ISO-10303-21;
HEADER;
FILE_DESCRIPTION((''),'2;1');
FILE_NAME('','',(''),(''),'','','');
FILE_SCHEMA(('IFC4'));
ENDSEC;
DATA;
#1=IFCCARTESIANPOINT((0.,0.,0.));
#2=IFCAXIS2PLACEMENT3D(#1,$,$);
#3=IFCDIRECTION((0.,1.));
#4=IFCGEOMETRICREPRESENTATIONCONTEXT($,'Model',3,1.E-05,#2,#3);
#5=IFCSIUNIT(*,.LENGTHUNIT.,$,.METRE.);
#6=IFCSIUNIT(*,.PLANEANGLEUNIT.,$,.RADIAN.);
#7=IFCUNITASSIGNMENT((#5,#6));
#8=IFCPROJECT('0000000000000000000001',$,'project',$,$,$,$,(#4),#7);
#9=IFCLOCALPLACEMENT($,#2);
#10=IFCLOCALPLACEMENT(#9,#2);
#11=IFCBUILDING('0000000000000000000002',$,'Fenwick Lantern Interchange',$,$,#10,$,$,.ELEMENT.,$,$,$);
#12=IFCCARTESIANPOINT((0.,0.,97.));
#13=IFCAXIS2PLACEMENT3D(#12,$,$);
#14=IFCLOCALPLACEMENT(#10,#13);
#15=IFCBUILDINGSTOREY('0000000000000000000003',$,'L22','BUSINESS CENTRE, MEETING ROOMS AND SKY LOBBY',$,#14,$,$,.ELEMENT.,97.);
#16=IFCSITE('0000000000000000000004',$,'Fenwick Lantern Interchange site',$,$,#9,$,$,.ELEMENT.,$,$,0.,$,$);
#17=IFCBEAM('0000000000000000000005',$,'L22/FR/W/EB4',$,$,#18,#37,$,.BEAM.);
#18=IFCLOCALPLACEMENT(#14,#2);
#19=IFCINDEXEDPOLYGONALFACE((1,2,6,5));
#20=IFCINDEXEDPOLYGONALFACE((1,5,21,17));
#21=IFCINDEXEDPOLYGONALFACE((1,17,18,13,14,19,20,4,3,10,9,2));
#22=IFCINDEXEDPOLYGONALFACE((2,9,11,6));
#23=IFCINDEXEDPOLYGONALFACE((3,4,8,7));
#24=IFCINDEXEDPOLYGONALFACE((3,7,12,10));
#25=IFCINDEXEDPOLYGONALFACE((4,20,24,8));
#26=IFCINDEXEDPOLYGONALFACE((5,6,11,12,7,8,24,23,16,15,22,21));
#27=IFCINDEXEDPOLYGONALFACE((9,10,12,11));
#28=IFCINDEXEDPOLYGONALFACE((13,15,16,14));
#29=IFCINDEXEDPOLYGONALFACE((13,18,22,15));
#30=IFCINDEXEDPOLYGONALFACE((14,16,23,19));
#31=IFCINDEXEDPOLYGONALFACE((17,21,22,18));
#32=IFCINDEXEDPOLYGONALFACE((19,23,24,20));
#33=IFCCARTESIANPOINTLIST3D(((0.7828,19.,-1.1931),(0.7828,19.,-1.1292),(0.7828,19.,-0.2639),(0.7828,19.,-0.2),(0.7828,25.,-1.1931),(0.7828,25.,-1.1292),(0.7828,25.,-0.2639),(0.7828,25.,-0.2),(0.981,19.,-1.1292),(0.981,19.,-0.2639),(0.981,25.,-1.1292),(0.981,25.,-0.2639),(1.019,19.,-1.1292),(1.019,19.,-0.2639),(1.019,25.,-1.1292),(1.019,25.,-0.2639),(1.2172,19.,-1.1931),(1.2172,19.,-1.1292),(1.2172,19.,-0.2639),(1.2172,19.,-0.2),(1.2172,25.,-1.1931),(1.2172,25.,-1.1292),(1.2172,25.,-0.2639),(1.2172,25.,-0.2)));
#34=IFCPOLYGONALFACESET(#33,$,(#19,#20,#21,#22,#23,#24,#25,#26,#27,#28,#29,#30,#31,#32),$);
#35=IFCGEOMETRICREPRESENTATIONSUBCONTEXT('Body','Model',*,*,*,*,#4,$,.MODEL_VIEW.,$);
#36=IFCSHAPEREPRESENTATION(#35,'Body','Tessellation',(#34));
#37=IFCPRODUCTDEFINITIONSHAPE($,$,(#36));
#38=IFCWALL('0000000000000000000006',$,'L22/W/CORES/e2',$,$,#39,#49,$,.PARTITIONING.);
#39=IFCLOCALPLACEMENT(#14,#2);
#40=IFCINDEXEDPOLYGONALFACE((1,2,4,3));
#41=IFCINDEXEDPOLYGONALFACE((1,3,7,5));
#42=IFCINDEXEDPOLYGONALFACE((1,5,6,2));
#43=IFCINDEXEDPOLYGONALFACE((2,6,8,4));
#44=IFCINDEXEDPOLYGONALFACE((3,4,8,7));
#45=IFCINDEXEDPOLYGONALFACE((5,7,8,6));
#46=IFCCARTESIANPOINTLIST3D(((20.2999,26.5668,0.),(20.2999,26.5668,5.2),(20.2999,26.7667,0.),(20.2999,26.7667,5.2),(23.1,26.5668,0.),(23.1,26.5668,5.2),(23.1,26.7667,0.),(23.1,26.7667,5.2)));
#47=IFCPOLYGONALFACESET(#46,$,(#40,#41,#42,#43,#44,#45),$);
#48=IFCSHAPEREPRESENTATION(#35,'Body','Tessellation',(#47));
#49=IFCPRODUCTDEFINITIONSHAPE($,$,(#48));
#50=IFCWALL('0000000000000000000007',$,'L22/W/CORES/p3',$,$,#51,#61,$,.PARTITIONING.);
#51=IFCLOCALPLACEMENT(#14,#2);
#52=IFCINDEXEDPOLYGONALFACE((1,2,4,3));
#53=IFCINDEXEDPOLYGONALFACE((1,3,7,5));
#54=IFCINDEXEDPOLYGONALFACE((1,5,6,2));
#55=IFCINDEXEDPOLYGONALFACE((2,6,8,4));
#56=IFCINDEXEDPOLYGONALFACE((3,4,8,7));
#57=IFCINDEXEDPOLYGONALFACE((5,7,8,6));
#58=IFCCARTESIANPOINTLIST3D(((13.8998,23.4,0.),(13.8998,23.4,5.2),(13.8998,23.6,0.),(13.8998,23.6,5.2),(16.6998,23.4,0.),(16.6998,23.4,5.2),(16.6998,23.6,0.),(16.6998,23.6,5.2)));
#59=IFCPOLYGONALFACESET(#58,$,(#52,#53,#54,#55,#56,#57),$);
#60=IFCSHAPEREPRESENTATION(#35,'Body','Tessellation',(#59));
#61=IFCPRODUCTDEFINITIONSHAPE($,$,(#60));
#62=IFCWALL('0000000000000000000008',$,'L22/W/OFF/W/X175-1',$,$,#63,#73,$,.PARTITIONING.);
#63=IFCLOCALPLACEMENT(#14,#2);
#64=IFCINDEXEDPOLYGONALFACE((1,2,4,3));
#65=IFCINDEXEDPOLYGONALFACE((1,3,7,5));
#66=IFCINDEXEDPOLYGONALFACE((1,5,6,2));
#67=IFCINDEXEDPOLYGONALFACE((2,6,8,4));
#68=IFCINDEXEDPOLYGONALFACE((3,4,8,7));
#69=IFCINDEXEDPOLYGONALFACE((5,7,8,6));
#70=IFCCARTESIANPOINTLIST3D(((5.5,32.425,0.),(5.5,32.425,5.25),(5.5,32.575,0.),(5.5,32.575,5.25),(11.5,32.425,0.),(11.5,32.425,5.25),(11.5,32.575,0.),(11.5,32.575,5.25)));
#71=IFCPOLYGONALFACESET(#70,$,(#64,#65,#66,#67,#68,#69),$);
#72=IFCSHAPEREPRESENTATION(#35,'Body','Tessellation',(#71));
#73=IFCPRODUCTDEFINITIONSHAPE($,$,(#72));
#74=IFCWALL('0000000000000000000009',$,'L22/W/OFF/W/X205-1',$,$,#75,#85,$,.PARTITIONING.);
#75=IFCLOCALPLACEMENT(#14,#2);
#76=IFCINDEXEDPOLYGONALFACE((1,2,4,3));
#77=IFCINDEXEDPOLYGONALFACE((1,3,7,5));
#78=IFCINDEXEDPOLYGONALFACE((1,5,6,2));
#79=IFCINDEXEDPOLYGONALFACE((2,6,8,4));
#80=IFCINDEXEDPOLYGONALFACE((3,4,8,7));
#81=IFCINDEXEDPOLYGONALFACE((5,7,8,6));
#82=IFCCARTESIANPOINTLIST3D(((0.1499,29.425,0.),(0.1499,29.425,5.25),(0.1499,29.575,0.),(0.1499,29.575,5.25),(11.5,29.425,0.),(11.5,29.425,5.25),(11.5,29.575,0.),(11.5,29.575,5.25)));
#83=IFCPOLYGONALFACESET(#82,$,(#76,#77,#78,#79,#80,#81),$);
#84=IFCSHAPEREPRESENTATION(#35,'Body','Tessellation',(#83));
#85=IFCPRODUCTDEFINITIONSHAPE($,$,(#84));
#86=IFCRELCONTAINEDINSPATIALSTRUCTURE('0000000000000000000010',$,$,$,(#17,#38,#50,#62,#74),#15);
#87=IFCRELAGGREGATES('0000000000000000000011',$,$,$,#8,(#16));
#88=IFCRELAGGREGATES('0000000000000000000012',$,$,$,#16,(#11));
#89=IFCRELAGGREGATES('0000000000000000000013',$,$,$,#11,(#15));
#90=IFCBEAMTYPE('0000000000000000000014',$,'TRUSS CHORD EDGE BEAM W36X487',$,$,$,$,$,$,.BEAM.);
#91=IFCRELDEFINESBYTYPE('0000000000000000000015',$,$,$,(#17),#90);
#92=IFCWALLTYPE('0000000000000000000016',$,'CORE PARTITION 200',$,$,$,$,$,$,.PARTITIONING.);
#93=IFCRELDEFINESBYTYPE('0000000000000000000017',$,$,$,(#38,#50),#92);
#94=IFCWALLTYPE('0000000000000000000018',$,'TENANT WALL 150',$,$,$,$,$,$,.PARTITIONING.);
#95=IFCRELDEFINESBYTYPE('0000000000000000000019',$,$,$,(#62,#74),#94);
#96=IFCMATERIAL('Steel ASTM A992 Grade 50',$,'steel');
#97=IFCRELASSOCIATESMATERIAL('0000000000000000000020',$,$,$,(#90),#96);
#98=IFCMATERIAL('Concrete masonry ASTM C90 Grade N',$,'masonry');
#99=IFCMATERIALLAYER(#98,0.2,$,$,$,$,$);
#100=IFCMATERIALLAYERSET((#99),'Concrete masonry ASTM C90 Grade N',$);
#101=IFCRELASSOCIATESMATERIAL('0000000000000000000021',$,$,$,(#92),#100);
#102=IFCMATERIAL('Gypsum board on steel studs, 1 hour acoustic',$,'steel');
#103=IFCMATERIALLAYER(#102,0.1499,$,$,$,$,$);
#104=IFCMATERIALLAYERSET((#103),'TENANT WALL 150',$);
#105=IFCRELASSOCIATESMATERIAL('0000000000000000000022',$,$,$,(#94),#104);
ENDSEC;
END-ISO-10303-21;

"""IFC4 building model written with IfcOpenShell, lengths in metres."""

from ifc_helpers import new_model, si_unit, direction, frame, frame_2d, origin, origin_2d, place, context, subcontext, project, spatial, rectangle, i_section, extrude, material, layer, layer_set, material_profile, profile_set, type_object, element, save


model = new_model("IFC4")

# Units and contexts
model_context = context("Model", 3, precision=1e-05, world=origin(), true_north=direction((0.0, 1.0)))
body_context = subcontext(model_context, "Body", "Model", "MODEL_VIEW")
ifc_project = project(units=[si_unit("LENGTHUNIT", "METRE"), si_unit("PLANEANGLEUNIT", "RADIAN")], contexts=[model_context])

# Site, building, storey
site_placement = place(None, origin())
site = spatial("IfcSite", under=ifc_project, at=site_placement, Name="Fenwick Lantern Interchange site", CompositionType="ELEMENT", RefElevation=0.0)
building_placement = place(site_placement, origin())
building = spatial("IfcBuilding", under=site, at=building_placement, Name="Fenwick Lantern Interchange", CompositionType="ELEMENT")
storey_placement = place(building_placement, frame((0.0, 0.0, 97.0)))
storey = spatial("IfcBuildingStorey", under=building, at=storey_placement, Name="L22", Description="BUSINESS CENTRE, MEETING ROOMS AND SKY LOBBY", CompositionType="ELEMENT", Elevation=97.0)

# Shared definitions
ifc_material_1 = material(Name="Steel ASTM A992 Grade 50", Category="steel")

# Beam
ifc_material_profile_1 = material_profile(ifc_material_1, i_section(OverallWidth=0.4343, OverallDepth=0.9932, WebThickness=0.0381, FlangeThickness=0.064, at=origin_2d()), Name="W36X487")
ifc_profile_set_1 = profile_set([ifc_material_profile_1], Name="Steel ASTM A992 Grade 50")
beam_type_1 = type_object("IfcBeamType", Name="TRUSS CHORD EDGE BEAM W36X487", PredefinedType="BEAM", material=ifc_profile_set_1)
for number, where, z_axis, x_axis, name in (
    (1, (1.0, 25.0, -0.6965), (0.0, -1.0, 0.0), (1.0, 0.0, 0.0), "L22/FR/W/EB4"),
):
    element("IfcBeam", number, at=place(storey_placement, frame(where, z_axis=z_axis, x_axis=x_axis)), inside=storey, type_object=beam_type_1, Name=name, PredefinedType="BEAM", context=body_context, shape_type="SweptSolid", body=[
        extrude(i_section(OverallWidth=0.4343, OverallDepth=0.9932, WebThickness=0.0381, FlangeThickness=0.064, at=origin_2d()), origin(), (0.0, 0.0, 1.0), 6.0),
    ])

# Walls
ifc_material_2 = material(Name="Concrete masonry ASTM C90 Grade N", Category="masonry")
ifc_layer_1 = layer(ifc_material_2, 0.2)
ifc_layer_set_1 = layer_set([ifc_layer_1], Name="Concrete masonry ASTM C90 Grade N")
wall_type_1 = type_object("IfcWallType", Name="CORE PARTITION 200", PredefinedType="PARTITIONING", material=ifc_layer_set_1)
for number, where, z_axis, x_axis, name in (
    (2, (20.3, 26.6667, 0.0), (0.0, 0.0, 1.0), (1.0, 0.0, 0.0), "L22/W/CORES/e2"),
    (3, (13.8999, 23.5, 0.0), (0.0, 0.0, 1.0), (1.0, 0.0, 0.0), "L22/W/CORES/p3"),
):
    element("IfcWall", number, at=place(storey_placement, frame(where, z_axis=z_axis, x_axis=x_axis)), inside=storey, type_object=wall_type_1, Name=name, PredefinedType="PARTITIONING", context=body_context, shape_type="SweptSolid", body=[
        extrude(rectangle(XDim=2.8, YDim=0.2, at=frame_2d((1.3999, 0.0))), origin(), (0.0, 0.0, 1.0), 5.2),
    ])
ifc_material_3 = material(Name="Gypsum board on steel studs, 1 hour acoustic", Category="steel")
ifc_layer_2 = layer(ifc_material_3, 0.1499)
ifc_layer_set_2 = layer_set([ifc_layer_2], Name="TENANT WALL 150")
wall_type_2 = type_object("IfcWallType", Name="TENANT WALL 150", PredefinedType="PARTITIONING", material=ifc_layer_set_2)
wall_1_placement = place(storey_placement, frame((5.5, 32.5, 0.0), z_axis=(0.0, 0.0, 1.0), x_axis=(1.0, 0.0, 0.0)))
element("IfcWall", 4, at=wall_1_placement, inside=storey, type_object=wall_type_2, Name="L22/W/OFF/W/X175-1", PredefinedType="PARTITIONING", context=body_context, shape_type="SweptSolid", body=[
    extrude(rectangle(XDim=6.0, YDim=0.1499, at=frame_2d((3.0, 0.0))), origin(), (0.0, 0.0, 1.0), 5.25),
])
wall_2_placement = place(storey_placement, frame((0.1499, 29.5, 0.0), z_axis=(0.0, 0.0, 1.0), x_axis=(1.0, 0.0, 0.0)))
element("IfcWall", 5, at=wall_2_placement, inside=storey, type_object=wall_type_2, Name="L22/W/OFF/W/X205-1", PredefinedType="PARTITIONING", context=body_context, shape_type="SweptSolid", body=[
    extrude(rectangle(XDim=11.3501, YDim=0.1499, at=frame_2d((5.675, 0.0))), origin(), (0.0, 0.0, 1.0), 5.25),
])

save(model, "model.ifc")
